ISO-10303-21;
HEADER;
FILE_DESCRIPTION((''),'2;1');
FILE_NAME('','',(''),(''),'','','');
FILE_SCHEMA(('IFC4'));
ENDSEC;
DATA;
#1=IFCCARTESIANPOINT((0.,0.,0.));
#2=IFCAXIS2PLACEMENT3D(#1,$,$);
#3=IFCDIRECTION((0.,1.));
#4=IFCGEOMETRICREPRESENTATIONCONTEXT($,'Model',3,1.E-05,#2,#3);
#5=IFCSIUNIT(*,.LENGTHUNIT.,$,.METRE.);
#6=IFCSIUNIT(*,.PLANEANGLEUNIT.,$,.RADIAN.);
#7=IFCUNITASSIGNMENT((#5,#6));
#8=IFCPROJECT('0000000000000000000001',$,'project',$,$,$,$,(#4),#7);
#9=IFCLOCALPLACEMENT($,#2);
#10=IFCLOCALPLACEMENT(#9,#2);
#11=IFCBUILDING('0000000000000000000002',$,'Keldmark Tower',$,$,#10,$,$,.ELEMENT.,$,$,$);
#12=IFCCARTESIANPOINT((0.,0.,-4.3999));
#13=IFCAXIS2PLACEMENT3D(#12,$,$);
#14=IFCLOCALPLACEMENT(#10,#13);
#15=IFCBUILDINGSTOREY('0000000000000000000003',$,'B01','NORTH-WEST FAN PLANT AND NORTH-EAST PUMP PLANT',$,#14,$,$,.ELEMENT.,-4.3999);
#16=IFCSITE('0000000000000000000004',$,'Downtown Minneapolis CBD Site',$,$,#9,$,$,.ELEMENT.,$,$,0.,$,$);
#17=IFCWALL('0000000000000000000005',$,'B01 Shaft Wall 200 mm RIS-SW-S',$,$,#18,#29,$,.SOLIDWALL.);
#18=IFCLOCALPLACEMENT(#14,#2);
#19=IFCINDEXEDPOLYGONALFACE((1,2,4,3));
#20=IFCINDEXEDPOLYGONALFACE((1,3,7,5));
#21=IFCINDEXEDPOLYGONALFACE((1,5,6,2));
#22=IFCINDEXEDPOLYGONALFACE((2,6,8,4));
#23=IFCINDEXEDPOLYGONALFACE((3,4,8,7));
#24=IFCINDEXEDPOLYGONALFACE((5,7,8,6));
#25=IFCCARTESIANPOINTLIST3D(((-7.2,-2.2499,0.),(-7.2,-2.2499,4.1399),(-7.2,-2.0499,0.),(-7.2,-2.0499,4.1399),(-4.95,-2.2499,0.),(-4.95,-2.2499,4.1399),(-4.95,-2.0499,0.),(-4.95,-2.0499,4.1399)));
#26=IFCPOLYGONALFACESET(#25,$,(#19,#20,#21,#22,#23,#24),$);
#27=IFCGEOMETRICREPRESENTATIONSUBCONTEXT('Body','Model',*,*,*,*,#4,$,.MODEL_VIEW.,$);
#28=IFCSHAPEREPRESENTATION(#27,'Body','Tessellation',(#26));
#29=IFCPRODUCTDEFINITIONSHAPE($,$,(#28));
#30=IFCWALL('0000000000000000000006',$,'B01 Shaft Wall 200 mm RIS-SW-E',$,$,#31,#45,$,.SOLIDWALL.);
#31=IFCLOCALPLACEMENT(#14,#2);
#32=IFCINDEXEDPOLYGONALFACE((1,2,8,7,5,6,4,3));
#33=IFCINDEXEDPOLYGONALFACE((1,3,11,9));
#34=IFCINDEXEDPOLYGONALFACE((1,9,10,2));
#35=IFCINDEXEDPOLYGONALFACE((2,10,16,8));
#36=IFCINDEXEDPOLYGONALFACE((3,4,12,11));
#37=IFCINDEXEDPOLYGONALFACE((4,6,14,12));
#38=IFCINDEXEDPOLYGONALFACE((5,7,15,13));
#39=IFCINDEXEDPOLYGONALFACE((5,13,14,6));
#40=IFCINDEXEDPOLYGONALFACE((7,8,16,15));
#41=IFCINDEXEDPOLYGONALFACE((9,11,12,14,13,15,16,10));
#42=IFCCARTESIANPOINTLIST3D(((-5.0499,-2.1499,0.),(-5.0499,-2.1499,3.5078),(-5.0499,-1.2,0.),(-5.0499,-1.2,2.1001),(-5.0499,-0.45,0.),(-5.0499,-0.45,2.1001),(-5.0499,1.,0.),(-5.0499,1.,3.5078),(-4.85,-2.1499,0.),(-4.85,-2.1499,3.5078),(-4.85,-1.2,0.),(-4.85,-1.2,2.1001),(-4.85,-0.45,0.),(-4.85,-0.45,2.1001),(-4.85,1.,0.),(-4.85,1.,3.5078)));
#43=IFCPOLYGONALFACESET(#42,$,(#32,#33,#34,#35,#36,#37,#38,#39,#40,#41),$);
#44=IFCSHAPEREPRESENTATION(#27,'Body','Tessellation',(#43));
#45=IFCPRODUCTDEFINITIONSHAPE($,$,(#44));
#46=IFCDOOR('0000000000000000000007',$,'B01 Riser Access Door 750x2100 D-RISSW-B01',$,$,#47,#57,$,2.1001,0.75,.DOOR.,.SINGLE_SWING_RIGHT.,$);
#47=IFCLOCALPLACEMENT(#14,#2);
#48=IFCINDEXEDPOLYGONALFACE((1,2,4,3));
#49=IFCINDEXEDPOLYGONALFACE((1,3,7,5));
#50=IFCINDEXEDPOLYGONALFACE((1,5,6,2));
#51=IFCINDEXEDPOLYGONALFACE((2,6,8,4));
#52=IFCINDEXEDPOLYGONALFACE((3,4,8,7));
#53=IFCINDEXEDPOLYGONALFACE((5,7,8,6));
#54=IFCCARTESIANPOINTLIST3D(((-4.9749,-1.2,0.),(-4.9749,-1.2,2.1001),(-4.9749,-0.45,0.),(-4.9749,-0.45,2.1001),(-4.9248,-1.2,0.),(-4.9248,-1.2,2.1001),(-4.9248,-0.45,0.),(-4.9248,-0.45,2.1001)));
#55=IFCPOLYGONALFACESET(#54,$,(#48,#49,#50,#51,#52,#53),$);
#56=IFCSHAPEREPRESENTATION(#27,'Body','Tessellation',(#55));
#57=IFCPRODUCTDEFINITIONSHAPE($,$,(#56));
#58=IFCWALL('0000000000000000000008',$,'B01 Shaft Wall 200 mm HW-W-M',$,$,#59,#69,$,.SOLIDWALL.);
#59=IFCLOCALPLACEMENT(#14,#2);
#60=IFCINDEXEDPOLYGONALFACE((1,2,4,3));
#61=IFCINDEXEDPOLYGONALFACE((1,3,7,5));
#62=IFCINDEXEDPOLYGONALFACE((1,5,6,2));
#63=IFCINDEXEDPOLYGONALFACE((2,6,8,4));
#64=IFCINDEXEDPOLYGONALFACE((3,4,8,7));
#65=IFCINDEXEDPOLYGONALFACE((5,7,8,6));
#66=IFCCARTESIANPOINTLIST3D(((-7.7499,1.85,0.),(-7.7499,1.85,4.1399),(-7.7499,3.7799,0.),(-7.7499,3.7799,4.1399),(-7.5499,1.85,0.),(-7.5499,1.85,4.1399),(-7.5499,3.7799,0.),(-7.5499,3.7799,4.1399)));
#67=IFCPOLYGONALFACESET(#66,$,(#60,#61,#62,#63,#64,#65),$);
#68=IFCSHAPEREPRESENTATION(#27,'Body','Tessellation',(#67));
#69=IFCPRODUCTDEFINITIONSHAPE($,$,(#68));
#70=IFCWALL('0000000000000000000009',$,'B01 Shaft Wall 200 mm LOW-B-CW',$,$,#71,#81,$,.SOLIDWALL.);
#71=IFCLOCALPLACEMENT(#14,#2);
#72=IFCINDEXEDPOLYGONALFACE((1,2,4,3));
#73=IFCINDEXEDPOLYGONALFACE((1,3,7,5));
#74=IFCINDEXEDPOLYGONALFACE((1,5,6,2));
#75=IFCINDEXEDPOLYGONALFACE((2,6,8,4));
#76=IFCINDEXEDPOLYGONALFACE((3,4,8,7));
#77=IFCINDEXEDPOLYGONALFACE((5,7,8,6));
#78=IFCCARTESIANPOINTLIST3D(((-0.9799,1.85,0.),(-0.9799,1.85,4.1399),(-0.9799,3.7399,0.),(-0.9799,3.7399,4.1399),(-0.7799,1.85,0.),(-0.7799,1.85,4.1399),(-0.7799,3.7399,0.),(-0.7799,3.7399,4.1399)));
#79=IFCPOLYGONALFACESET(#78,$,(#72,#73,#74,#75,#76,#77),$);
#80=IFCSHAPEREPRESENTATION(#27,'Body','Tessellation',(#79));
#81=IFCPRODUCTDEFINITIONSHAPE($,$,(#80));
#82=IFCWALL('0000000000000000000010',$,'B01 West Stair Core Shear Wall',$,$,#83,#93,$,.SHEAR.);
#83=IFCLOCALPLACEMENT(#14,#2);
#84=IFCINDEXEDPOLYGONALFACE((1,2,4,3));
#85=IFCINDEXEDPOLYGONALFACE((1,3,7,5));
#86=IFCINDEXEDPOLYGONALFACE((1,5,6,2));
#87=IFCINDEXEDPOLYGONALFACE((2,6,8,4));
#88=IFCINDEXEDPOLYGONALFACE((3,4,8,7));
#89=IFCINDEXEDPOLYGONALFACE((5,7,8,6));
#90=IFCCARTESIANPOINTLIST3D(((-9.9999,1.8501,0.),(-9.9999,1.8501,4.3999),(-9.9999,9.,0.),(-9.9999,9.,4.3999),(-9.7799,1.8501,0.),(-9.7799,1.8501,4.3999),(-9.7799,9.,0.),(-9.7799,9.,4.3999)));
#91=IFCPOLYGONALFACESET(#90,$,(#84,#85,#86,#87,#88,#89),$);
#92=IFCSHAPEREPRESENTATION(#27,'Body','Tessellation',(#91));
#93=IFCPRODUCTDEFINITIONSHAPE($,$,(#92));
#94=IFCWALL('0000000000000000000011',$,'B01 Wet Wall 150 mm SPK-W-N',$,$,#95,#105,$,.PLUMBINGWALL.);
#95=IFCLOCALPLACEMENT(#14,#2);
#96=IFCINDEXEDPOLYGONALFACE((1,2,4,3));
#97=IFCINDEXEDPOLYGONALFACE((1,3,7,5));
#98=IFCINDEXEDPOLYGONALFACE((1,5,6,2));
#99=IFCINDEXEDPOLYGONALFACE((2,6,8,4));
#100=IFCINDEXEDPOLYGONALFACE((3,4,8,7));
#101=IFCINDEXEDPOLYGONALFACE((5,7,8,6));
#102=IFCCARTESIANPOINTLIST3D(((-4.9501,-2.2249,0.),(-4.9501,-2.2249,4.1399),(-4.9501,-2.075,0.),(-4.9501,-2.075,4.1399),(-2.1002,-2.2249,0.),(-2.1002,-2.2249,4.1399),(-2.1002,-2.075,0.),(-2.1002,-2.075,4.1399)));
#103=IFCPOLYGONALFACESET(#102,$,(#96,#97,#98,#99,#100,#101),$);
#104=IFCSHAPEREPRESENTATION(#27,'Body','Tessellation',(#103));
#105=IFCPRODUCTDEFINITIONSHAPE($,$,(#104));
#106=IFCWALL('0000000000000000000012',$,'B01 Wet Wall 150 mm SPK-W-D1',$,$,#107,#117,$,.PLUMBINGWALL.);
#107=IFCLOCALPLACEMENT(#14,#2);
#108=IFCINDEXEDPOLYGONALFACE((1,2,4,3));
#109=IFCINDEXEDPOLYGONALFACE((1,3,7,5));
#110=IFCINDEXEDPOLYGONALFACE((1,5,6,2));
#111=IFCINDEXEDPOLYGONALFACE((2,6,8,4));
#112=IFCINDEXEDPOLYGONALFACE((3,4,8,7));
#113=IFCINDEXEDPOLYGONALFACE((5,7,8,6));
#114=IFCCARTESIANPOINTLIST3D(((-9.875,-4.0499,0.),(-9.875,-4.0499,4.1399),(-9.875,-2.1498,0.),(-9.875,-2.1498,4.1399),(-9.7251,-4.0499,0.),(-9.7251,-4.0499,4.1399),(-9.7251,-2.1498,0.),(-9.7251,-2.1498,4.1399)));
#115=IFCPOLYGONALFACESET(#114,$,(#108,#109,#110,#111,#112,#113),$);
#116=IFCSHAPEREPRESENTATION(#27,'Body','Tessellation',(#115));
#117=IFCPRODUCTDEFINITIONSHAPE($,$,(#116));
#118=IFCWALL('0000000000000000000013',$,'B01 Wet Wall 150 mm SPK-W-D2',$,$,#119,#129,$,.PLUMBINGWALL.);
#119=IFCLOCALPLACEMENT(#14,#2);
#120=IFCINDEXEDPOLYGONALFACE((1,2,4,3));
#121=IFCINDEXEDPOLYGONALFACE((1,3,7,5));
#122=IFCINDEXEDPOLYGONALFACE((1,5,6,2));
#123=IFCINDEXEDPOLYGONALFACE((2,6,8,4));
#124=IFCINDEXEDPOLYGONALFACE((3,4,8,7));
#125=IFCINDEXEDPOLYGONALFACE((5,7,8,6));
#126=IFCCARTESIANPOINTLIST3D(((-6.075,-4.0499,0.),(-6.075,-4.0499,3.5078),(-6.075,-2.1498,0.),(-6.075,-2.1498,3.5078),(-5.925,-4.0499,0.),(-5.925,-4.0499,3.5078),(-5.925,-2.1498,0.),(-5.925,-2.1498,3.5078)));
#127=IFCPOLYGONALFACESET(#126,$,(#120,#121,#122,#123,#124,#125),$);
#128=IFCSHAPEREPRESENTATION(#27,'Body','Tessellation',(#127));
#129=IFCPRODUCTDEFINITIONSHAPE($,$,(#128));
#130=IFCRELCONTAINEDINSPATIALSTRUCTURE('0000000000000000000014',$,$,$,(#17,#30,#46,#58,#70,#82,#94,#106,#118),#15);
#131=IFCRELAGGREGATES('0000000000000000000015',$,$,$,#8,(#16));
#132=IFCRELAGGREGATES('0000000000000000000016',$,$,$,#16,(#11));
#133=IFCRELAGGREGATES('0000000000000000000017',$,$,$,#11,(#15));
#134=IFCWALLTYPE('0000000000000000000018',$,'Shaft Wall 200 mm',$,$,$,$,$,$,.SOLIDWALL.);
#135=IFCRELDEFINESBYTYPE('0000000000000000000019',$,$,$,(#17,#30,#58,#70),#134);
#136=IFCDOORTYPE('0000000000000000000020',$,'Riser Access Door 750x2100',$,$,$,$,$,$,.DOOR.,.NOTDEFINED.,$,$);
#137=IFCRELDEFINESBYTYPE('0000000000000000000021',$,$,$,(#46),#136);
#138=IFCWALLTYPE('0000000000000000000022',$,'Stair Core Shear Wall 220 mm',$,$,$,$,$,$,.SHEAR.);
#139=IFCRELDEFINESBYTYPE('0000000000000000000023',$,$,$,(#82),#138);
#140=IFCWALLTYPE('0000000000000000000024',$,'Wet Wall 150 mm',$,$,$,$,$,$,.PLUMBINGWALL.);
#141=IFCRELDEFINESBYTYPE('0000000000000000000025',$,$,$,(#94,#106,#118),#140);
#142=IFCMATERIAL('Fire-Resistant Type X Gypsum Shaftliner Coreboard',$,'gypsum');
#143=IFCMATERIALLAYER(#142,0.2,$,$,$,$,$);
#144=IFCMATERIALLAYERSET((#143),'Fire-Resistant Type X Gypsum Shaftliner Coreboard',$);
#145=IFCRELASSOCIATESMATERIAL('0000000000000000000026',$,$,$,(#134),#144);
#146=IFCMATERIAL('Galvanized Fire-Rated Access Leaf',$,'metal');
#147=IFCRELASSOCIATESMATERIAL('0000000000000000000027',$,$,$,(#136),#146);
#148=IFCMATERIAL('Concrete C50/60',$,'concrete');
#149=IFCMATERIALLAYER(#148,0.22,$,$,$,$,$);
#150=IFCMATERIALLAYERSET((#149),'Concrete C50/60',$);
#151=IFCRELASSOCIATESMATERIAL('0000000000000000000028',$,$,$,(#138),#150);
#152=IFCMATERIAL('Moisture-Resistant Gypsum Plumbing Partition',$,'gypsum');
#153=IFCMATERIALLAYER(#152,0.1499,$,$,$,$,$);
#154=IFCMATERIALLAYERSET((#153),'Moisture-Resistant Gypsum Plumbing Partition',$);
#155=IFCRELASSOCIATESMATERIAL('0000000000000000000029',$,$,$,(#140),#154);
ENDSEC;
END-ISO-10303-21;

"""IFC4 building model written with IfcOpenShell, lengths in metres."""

from ifc_helpers import new_model, si_unit, direction, frame, frame_2d, origin, place, context, subcontext, project, spatial, rectangle, extrude, material, layer, layer_set, type_object, element, fill, save


model = new_model("IFC4")

# Units and contexts
model_context = context("Model", 3, precision=1e-05, world=origin(), true_north=direction((0.0, 1.0)))
body_context = subcontext(model_context, "Body", "Model", "MODEL_VIEW")
ifc_project = project(units=[si_unit("LENGTHUNIT", "METRE"), si_unit("PLANEANGLEUNIT", "RADIAN")], contexts=[model_context])

# Site, building, storey
site_placement = place(None, origin())
site = spatial("IfcSite", under=ifc_project, at=site_placement, Name="Downtown Minneapolis CBD Site", CompositionType="ELEMENT", RefElevation=0.0)
building_placement = place(site_placement, origin())
building = spatial("IfcBuilding", under=site, at=building_placement, Name="Keldmark Tower", CompositionType="ELEMENT")
storey_placement = place(building_placement, frame((0.0, 0.0, -4.3999)))
storey = spatial("IfcBuildingStorey", under=building, at=storey_placement, Name="B01", Description="NORTH-WEST FAN PLANT AND NORTH-EAST PUMP PLANT", CompositionType="ELEMENT", Elevation=-4.3999)

# Wall
ifc_material_1 = material(Name="Fire-Resistant Type X Gypsum Shaftliner Coreboard", Category="gypsum")
ifc_layer_1 = layer(ifc_material_1, 0.2)
ifc_layer_set_1 = layer_set([ifc_layer_1], Name="Fire-Resistant Type X Gypsum Shaftliner Coreboard")
wall_type_1 = type_object("IfcWallType", Name="Shaft Wall 200 mm", PredefinedType="SOLIDWALL", material=ifc_layer_set_1)
wall_1_placement = place(storey_placement, frame((-7.2, -2.1499, 0.0), z_axis=(0.0, 0.0, 1.0), x_axis=(1.0, 0.0, 0.0)))
element("IfcWall", 1, at=wall_1_placement, inside=storey, type_object=wall_type_1, Name="B01 Shaft Wall 200 mm RIS-SW-S", PredefinedType="SOLIDWALL", context=body_context, shape_type="SweptSolid", body=[
    extrude(rectangle(XDim=2.25, YDim=0.2, at=frame_2d((1.125, 0.0))), origin(), (0.0, 0.0, 1.0), 4.1399),
])

# Wall, opening, door
wall_2_placement = place(storey_placement, frame((-4.95, -2.1499, 0.0), z_axis=(0.0, 0.0, 1.0), x_axis=(0.0, 1.0, 0.0)))
wall_2 = element("IfcWall", 2, at=wall_2_placement, inside=storey, type_object=wall_type_1, Name="B01 Shaft Wall 200 mm RIS-SW-E", PredefinedType="SOLIDWALL", context=body_context, shape_type="SweptSolid", body=[
    extrude(rectangle(XDim=3.1499, YDim=0.2, at=frame_2d((1.575, 0.0))), origin(), (0.0, 0.0, 1.0), 3.5078),
])
opening_1_placement = place(wall_2_placement, frame((0.95, 0.0, 0.0)))
opening_1 = element("IfcOpeningElement", 3, at=opening_1_placement, cuts=wall_2, PredefinedType="OPENING", context=body_context, shape_type="SweptSolid", body=[
    extrude(rectangle(XDim=0.75, YDim=2.1001, at=frame_2d((0.375, 1.05))), frame((0.0, 0.1099, 0.0), z_axis=(0.0, -1.0, 0.0), x_axis=(1.0, 0.0, 0.0)), (0.0, 0.0, 1.0), 0.22),
])
ifc_material_2 = material(Name="Galvanized Fire-Rated Access Leaf", Category="metal")
door_type_1 = type_object("IfcDoorType", Name="Riser Access Door 750x2100", OperationType="NOTDEFINED", PredefinedType="DOOR", material=ifc_material_2)
door_1_placement = place(opening_1_placement, origin())
door_1 = element("IfcDoor", 4, at=door_1_placement, inside=storey, type_object=door_type_1, Name="B01 Riser Access Door 750x2100 D-RISSW-B01", OperationType="SINGLE_SWING_RIGHT", OverallHeight=2.1001, OverallWidth=0.75, PredefinedType="DOOR", context=body_context, shape_type="SweptSolid", body=[
    extrude(rectangle(XDim=0.75, YDim=2.1001, at=frame_2d((0.375, 1.05))), frame((0.0, 0.0249, 0.0), z_axis=(0.0, -1.0, 0.0), x_axis=(1.0, 0.0, 0.0)), (0.0, 0.0, 1.0), 0.05),
])
fill(opening_1, door_1)

# Walls
wall_3_placement = place(storey_placement, frame((-7.6499, 1.8501, 0.0), z_axis=(0.0, 0.0, 1.0), x_axis=(0.0, 1.0, 0.0)))
element("IfcWall", 5, at=wall_3_placement, inside=storey, type_object=wall_type_1, Name="B01 Shaft Wall 200 mm HW-W-M", PredefinedType="SOLIDWALL", context=body_context, shape_type="SweptSolid", body=[
    extrude(rectangle(XDim=1.9299, YDim=0.2, at=frame_2d((0.9648, 0.0))), origin(), (0.0, 0.0, 1.0), 4.1399),
])
wall_4_placement = place(storey_placement, frame((-0.8799, 1.8501, 0.0), z_axis=(0.0, 0.0, 1.0), x_axis=(0.0, 1.0, 0.0)))
element("IfcWall", 6, at=wall_4_placement, inside=storey, type_object=wall_type_1, Name="B01 Shaft Wall 200 mm LOW-B-CW", PredefinedType="SOLIDWALL", context=body_context, shape_type="SweptSolid", body=[
    extrude(rectangle(XDim=1.8899, YDim=0.2, at=frame_2d((0.9448, 0.0))), origin(), (0.0, 0.0, 1.0), 4.1399),
])
ifc_material_3 = material(Name="Concrete C50/60", Category="concrete")
ifc_layer_2 = layer(ifc_material_3, 0.22)
ifc_layer_set_2 = layer_set([ifc_layer_2], Name="Concrete C50/60")
wall_type_2 = type_object("IfcWallType", Name="Stair Core Shear Wall 220 mm", PredefinedType="SHEAR", material=ifc_layer_set_2)
wall_5_placement = place(storey_placement, frame((-9.8899, 1.8501, 0.0), z_axis=(0.0, 0.0, 1.0), x_axis=(0.0, 1.0, 0.0)))
element("IfcWall", 7, at=wall_5_placement, inside=storey, type_object=wall_type_2, Name="B01 West Stair Core Shear Wall", PredefinedType="SHEAR", context=body_context, shape_type="SweptSolid", body=[
    extrude(rectangle(XDim=7.1499, YDim=0.22, at=frame_2d((3.575, 0.0))), origin(), (0.0, 0.0, 1.0), 4.3999),
])
ifc_material_4 = material(Name="Moisture-Resistant Gypsum Plumbing Partition", Category="gypsum")
ifc_layer_3 = layer(ifc_material_4, 0.1499)
ifc_layer_set_3 = layer_set([ifc_layer_3], Name="Moisture-Resistant Gypsum Plumbing Partition")
wall_type_3 = type_object("IfcWallType", Name="Wet Wall 150 mm", PredefinedType="PLUMBINGWALL", material=ifc_layer_set_3)
wall_6_placement = place(storey_placement, frame((-4.95, -2.1499, 0.0), z_axis=(0.0, 0.0, 1.0), x_axis=(1.0, 0.0, 0.0)))
element("IfcWall", 8, at=wall_6_placement, inside=storey, type_object=wall_type_3, Name="B01 Wet Wall 150 mm SPK-W-N", PredefinedType="PLUMBINGWALL", context=body_context, shape_type="SweptSolid", body=[
    extrude(rectangle(XDim=2.8499, YDim=0.1499, at=frame_2d((1.4248, 0.0))), origin(), (0.0, 0.0, 1.0), 4.1399),
])
wall_7_placement = place(storey_placement, frame((-9.8, -4.05, 0.0), z_axis=(0.0, 0.0, 1.0), x_axis=(0.0, 1.0, 0.0)))
element("IfcWall", 9, at=wall_7_placement, inside=storey, type_object=wall_type_3, Name="B01 Wet Wall 150 mm SPK-W-D1", PredefinedType="PLUMBINGWALL", context=body_context, shape_type="SweptSolid", body=[
    extrude(rectangle(XDim=1.9001, YDim=0.1499, at=frame_2d((0.9502, 0.0))), origin(), (0.0, 0.0, 1.0), 4.1399),
])
wall_8_placement = place(storey_placement, frame((-6.0, -4.05, 0.0), z_axis=(0.0, 0.0, 1.0), x_axis=(0.0, 1.0, 0.0)))
element("IfcWall", 10, at=wall_8_placement, inside=storey, type_object=wall_type_3, Name="B01 Wet Wall 150 mm SPK-W-D2", PredefinedType="PLUMBINGWALL", context=body_context, shape_type="SweptSolid", body=[
    extrude(rectangle(XDim=1.9001, YDim=0.1499, at=frame_2d((0.9502, 0.0))), origin(), (0.0, 0.0, 1.0), 3.5078),
])

save(model, "model.ifc")
